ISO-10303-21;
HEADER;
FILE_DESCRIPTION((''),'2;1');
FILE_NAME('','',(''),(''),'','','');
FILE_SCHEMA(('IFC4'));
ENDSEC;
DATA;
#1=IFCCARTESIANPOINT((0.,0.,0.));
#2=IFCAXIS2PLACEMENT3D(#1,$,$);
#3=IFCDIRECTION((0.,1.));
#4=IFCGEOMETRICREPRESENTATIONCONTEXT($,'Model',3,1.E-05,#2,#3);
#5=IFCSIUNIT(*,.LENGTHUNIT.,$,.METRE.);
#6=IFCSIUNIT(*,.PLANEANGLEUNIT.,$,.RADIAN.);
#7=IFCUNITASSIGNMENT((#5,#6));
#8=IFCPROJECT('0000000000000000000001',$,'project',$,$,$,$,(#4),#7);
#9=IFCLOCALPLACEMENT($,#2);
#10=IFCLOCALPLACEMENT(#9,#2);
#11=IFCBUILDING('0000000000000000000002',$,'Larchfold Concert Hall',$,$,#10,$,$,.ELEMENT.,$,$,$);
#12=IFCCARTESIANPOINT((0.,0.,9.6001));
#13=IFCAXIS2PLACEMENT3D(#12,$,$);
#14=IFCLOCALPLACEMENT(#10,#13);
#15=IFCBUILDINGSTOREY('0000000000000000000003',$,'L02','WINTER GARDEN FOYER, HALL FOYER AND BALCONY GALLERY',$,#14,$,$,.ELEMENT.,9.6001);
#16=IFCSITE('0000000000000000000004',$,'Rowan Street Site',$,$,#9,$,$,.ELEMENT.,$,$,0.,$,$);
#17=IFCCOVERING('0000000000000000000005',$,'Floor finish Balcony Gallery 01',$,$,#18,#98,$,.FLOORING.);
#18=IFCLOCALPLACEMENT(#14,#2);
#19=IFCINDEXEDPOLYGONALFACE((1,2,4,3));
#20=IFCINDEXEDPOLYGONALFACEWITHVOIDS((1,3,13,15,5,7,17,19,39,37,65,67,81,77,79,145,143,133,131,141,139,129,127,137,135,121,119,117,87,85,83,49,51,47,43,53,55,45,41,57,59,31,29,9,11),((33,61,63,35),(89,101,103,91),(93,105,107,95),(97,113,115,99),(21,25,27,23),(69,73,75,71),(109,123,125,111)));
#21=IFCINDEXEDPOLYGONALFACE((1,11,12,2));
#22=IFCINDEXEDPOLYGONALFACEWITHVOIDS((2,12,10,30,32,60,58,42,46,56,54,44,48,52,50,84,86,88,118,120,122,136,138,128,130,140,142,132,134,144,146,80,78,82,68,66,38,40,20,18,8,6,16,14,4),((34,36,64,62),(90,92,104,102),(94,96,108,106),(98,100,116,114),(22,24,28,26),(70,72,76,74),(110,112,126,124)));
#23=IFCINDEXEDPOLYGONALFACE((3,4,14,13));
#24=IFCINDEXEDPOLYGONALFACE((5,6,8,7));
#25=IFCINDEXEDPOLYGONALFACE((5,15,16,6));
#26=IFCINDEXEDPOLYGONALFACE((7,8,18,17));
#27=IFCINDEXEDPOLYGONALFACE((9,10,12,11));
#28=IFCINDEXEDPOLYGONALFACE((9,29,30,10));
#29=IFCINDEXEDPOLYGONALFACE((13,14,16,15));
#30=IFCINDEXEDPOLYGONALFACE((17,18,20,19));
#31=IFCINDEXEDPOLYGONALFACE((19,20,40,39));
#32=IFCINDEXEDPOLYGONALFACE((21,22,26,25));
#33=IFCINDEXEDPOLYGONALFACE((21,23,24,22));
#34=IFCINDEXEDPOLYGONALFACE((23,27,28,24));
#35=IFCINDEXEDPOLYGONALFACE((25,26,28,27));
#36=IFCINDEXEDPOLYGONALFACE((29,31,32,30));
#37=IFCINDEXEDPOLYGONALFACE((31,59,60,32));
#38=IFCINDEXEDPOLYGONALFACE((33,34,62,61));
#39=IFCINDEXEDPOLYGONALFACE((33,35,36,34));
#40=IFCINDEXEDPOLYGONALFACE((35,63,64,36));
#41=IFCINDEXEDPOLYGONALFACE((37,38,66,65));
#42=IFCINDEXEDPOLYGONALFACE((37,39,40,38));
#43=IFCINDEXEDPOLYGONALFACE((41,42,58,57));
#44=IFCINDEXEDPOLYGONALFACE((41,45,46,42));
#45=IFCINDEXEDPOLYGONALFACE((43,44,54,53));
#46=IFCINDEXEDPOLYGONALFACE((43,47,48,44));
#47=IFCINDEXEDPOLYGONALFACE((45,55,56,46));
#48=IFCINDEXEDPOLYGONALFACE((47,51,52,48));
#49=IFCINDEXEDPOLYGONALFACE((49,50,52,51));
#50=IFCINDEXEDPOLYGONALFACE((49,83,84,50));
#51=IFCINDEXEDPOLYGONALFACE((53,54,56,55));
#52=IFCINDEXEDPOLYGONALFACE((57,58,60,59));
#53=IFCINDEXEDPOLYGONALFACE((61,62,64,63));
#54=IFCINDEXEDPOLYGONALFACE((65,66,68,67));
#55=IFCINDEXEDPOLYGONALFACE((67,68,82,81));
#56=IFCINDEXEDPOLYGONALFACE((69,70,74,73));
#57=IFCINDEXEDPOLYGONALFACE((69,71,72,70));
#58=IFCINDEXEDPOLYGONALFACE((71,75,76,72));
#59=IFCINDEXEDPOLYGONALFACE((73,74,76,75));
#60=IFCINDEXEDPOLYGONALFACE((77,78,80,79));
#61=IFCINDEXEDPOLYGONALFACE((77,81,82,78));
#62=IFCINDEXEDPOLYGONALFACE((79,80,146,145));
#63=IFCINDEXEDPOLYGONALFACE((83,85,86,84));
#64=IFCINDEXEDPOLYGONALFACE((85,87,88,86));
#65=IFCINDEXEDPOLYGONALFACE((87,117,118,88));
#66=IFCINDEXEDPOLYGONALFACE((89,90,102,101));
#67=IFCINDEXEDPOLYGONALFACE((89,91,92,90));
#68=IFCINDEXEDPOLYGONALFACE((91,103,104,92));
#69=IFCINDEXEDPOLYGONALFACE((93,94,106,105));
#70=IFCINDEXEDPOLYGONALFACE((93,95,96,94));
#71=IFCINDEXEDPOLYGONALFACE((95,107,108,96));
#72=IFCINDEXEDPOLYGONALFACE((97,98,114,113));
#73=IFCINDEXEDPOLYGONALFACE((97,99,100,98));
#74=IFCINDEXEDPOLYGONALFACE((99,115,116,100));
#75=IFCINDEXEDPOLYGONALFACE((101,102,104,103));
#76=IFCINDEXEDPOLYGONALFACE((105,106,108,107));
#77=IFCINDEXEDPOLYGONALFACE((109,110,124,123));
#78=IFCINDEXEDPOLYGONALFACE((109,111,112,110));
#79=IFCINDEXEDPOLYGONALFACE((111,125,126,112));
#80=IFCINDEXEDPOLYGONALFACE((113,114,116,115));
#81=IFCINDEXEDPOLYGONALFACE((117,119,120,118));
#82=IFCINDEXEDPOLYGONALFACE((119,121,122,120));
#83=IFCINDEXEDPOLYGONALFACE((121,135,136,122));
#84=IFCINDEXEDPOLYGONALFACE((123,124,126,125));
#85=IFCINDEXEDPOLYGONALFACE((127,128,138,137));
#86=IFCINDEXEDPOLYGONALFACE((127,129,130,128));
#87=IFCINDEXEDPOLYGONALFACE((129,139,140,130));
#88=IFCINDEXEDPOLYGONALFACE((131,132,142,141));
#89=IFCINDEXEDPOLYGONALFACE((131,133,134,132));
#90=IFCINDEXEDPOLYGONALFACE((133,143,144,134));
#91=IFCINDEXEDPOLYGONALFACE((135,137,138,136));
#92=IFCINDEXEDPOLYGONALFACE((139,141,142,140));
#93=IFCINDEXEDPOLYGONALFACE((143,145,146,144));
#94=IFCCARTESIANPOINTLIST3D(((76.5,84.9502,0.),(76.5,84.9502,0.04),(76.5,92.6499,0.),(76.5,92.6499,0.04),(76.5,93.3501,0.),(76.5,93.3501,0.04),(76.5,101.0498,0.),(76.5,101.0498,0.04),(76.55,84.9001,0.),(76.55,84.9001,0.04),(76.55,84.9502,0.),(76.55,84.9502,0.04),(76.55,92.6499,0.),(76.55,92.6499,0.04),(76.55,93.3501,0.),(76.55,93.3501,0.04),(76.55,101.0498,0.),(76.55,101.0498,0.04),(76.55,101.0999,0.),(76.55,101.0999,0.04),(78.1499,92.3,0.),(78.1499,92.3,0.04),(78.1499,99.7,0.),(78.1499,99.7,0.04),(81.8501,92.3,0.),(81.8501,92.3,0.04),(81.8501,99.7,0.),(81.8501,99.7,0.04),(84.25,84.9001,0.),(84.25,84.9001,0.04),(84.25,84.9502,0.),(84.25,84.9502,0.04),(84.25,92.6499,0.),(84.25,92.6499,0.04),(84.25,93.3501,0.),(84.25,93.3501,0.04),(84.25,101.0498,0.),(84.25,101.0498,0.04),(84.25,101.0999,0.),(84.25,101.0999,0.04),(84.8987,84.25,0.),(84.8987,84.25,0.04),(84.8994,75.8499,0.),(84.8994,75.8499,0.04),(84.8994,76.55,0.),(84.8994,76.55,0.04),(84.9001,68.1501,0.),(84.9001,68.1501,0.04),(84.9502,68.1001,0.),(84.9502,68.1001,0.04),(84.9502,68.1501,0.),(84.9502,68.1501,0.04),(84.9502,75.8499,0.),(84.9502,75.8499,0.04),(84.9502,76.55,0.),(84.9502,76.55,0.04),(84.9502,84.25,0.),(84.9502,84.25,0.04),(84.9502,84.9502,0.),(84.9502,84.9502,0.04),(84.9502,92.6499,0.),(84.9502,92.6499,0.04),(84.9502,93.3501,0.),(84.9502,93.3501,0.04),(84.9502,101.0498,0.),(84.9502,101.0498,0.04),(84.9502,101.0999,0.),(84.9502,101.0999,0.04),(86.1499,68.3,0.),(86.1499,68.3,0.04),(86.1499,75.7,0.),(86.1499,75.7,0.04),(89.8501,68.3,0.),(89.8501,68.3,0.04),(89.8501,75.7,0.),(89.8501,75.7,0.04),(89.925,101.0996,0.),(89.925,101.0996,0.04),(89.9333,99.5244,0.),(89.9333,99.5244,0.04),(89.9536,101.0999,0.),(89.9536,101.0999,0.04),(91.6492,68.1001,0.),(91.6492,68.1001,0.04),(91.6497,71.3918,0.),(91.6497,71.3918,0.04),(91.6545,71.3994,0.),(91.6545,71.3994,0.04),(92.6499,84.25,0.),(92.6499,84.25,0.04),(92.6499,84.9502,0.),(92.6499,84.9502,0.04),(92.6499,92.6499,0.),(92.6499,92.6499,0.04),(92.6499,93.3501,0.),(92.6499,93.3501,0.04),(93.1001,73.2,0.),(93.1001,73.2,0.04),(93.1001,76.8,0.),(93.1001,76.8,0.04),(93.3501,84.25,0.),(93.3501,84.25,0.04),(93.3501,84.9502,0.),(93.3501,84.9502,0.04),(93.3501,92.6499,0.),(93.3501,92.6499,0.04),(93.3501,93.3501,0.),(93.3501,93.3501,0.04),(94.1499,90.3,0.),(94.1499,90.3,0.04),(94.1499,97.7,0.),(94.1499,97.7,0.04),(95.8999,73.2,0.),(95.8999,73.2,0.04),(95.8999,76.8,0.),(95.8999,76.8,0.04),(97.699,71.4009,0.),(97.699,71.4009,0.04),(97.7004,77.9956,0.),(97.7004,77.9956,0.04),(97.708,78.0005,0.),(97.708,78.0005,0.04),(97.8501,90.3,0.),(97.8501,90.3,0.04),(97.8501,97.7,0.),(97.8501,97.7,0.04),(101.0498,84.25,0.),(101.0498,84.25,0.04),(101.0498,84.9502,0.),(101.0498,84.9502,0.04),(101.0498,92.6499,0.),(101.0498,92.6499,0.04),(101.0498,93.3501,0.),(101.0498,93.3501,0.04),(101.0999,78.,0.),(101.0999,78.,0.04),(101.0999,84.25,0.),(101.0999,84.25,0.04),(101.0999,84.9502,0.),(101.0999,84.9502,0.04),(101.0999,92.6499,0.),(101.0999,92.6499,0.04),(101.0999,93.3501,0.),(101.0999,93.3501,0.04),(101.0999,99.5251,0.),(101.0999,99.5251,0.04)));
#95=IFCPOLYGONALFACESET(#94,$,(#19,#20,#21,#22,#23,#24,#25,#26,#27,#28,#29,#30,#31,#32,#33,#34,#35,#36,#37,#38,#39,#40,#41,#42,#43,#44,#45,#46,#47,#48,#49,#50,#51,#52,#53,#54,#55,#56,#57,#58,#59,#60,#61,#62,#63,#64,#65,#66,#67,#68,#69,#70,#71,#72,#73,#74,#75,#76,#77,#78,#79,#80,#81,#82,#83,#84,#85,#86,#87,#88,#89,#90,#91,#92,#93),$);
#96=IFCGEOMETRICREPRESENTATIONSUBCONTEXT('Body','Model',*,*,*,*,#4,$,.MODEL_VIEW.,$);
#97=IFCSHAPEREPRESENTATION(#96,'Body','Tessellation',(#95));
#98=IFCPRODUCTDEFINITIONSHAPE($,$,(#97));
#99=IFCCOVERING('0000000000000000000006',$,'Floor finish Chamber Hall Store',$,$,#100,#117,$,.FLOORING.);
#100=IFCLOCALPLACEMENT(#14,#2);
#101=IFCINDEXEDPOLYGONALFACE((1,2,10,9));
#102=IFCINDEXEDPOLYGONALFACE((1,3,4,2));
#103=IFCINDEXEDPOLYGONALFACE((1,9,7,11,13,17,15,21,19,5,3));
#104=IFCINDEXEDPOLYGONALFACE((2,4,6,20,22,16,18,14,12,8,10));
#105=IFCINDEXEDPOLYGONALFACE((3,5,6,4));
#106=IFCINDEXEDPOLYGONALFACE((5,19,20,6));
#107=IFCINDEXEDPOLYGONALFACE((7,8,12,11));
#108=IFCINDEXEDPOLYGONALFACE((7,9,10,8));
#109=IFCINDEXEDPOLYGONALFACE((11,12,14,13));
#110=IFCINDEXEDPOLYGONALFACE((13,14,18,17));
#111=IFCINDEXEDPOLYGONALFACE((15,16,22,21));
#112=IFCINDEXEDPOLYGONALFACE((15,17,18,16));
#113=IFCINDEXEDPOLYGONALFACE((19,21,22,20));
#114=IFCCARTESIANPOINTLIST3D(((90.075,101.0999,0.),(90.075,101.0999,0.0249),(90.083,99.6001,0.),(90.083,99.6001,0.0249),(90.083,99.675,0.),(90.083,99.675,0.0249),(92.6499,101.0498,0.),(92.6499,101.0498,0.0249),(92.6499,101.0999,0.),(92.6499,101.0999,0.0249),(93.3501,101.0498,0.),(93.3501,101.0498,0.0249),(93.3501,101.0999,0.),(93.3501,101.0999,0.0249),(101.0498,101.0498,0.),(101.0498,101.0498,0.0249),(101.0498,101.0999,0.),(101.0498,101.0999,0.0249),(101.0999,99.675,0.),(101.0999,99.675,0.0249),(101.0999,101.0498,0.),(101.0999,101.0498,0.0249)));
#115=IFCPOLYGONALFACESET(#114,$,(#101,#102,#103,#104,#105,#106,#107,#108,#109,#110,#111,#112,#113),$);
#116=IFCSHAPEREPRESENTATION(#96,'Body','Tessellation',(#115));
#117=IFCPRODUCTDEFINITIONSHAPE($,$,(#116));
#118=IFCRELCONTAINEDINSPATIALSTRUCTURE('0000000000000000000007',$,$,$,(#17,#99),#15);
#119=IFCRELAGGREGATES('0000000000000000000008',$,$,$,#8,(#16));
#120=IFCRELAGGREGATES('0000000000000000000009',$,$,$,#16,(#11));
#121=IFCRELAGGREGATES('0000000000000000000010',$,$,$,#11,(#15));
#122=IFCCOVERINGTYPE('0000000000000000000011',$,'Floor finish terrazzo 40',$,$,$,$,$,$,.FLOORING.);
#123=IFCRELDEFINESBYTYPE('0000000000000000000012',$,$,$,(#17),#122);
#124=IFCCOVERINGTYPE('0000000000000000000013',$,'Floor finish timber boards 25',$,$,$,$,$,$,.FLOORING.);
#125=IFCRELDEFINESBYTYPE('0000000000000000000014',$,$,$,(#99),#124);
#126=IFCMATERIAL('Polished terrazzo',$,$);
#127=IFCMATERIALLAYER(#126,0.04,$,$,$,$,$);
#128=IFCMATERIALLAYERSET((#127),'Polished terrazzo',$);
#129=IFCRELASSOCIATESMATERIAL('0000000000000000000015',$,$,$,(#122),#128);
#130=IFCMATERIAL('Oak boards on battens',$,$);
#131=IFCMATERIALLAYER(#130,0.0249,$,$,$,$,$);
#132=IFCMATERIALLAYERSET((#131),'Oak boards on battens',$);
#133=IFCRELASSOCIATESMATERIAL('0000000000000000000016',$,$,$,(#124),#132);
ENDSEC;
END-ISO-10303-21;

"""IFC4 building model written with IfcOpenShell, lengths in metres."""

from ifc_helpers import new_model, si_unit, direction, frame, origin, place, context, subcontext, project, spatial, polyline, outline, extrude, material, layer, layer_set, type_object, element, save


model = new_model("IFC4")

# Units and contexts
model_context = context("Model", 3, precision=1e-05, world=origin(), true_north=direction((0.0, 1.0)))
body_context = subcontext(model_context, "Body", "Model", "MODEL_VIEW")
ifc_project = project(units=[si_unit("LENGTHUNIT", "METRE"), si_unit("PLANEANGLEUNIT", "RADIAN")], contexts=[model_context])

# Site, building, storey
site_placement = place(None, origin())
site = spatial("IfcSite", under=ifc_project, at=site_placement, Name="Rowan Street Site", CompositionType="ELEMENT", RefElevation=0.0)
building_placement = place(site_placement, origin())
building = spatial("IfcBuilding", under=site, at=building_placement, Name="Larchfold Concert Hall", CompositionType="ELEMENT")
storey_placement = place(building_placement, frame((0.0, 0.0, 9.6001)))
storey = spatial("IfcBuildingStorey", under=building, at=storey_placement, Name="L02", Description="WINTER GARDEN FOYER, HALL FOYER AND BALCONY GALLERY", CompositionType="ELEMENT", Elevation=9.6001)

# Coverings
ifc_material_1 = material(Name="Polished terrazzo")
ifc_layer_1 = layer(ifc_material_1, 0.04)
ifc_layer_set_1 = layer_set([ifc_layer_1], Name="Polished terrazzo")
covering_type_1 = type_object("IfcCoveringType", Name="Floor finish terrazzo 40", PredefinedType="FLOORING", material=ifc_layer_set_1)
covering_1_placement = place(storey_placement, origin())
element("IfcCovering", 1, at=covering_1_placement, inside=storey, type_object=covering_type_1, Name="Floor finish Balcony Gallery 01", PredefinedType="FLOORING", context=body_context, shape_type="SweptSolid", body=[
    extrude(outline(polyline([(76.5, 92.6499), (76.5, 84.9502), (76.55, 84.9502), (76.55, 84.9001), (84.25, 84.9001), (84.25, 84.9502), (84.9502, 84.9502), (84.9502, 84.25), (84.8987, 84.25), (84.8994, 76.55), (84.9502, 76.55), (84.9502, 75.8499), (84.8994, 75.8499), (84.9001, 68.1501), (84.9502, 68.1501), (84.9502, 68.1001), (91.6492, 68.1001), (91.6497, 71.3918), (91.6545, 71.3994), (97.699, 71.4009), (97.7004, 77.9956), (97.708, 78.0005), (101.0999, 78.0), (101.0999, 84.25), (101.0498, 84.25), (101.0498, 84.9502), (101.0999, 84.9502), (101.0999, 92.6499), (101.0498, 92.6499), (101.0498, 93.3501), (101.0999, 93.3501), (101.0999, 99.5251), (89.9333, 99.5244), (89.925, 101.0996), (89.9536, 101.0999), (84.9502, 101.0999), (84.9502, 101.0498), (84.25, 101.0498), (84.25, 101.0999), (76.55, 101.0999), (76.55, 101.0498), (76.5, 101.0498), (76.5, 93.3501), (76.55, 93.3501), (76.55, 92.6499), (76.5, 92.6499)]), holes=[polyline([(94.1499, 90.3), (94.1499, 97.7), (97.8501, 97.7), (97.8501, 90.3), (94.1499, 90.3)]), polyline([(93.1001, 73.2), (93.1001, 76.8), (95.8999, 76.8), (95.8999, 73.2), (93.1001, 73.2)]), polyline([(92.6499, 92.6499), (92.6499, 93.3501), (93.3501, 93.3501), (93.3501, 92.6499), (92.6499, 92.6499)]), polyline([(93.3501, 84.25), (92.6499, 84.25), (92.6499, 84.9502), (93.3501, 84.9502), (93.3501, 84.25)]), polyline([(86.1499, 68.3), (86.1499, 75.7), (89.8501, 75.7), (89.8501, 68.3), (86.1499, 68.3)]), polyline([(84.9502, 92.6499), (84.25, 92.6499), (84.25, 93.3501), (84.9502, 93.3501), (84.9502, 92.6499)]), polyline([(78.1499, 92.3), (78.1499, 99.7), (81.8501, 99.7), (81.8501, 92.3), (78.1499, 92.3)])]), origin(), (0.0, 0.0, 1.0), 0.04),
])
ifc_material_2 = material(Name="Oak boards on battens")
ifc_layer_2 = layer(ifc_material_2, 0.0249)
ifc_layer_set_2 = layer_set([ifc_layer_2], Name="Oak boards on battens")
covering_type_2 = type_object("IfcCoveringType", Name="Floor finish timber boards 25", PredefinedType="FLOORING", material=ifc_layer_set_2)
covering_2_placement = place(storey_placement, origin())
element("IfcCovering", 2, at=covering_2_placement, inside=storey, type_object=covering_type_2, Name="Floor finish Chamber Hall Store", PredefinedType="FLOORING", context=body_context, shape_type="SweptSolid", body=[
    extrude(outline(polyline([(90.083, 99.6001), (90.083, 99.675), (101.0999, 99.675), (101.0999, 101.0498), (101.0498, 101.0498), (101.0498, 101.0999), (93.3501, 101.0999), (93.3501, 101.0498), (92.6499, 101.0498), (92.6499, 101.0999), (90.075, 101.0999), (90.083, 99.6001)])), origin(), (0.0, 0.0, 1.0), 0.0249),
])

save(model, "model.ifc")
